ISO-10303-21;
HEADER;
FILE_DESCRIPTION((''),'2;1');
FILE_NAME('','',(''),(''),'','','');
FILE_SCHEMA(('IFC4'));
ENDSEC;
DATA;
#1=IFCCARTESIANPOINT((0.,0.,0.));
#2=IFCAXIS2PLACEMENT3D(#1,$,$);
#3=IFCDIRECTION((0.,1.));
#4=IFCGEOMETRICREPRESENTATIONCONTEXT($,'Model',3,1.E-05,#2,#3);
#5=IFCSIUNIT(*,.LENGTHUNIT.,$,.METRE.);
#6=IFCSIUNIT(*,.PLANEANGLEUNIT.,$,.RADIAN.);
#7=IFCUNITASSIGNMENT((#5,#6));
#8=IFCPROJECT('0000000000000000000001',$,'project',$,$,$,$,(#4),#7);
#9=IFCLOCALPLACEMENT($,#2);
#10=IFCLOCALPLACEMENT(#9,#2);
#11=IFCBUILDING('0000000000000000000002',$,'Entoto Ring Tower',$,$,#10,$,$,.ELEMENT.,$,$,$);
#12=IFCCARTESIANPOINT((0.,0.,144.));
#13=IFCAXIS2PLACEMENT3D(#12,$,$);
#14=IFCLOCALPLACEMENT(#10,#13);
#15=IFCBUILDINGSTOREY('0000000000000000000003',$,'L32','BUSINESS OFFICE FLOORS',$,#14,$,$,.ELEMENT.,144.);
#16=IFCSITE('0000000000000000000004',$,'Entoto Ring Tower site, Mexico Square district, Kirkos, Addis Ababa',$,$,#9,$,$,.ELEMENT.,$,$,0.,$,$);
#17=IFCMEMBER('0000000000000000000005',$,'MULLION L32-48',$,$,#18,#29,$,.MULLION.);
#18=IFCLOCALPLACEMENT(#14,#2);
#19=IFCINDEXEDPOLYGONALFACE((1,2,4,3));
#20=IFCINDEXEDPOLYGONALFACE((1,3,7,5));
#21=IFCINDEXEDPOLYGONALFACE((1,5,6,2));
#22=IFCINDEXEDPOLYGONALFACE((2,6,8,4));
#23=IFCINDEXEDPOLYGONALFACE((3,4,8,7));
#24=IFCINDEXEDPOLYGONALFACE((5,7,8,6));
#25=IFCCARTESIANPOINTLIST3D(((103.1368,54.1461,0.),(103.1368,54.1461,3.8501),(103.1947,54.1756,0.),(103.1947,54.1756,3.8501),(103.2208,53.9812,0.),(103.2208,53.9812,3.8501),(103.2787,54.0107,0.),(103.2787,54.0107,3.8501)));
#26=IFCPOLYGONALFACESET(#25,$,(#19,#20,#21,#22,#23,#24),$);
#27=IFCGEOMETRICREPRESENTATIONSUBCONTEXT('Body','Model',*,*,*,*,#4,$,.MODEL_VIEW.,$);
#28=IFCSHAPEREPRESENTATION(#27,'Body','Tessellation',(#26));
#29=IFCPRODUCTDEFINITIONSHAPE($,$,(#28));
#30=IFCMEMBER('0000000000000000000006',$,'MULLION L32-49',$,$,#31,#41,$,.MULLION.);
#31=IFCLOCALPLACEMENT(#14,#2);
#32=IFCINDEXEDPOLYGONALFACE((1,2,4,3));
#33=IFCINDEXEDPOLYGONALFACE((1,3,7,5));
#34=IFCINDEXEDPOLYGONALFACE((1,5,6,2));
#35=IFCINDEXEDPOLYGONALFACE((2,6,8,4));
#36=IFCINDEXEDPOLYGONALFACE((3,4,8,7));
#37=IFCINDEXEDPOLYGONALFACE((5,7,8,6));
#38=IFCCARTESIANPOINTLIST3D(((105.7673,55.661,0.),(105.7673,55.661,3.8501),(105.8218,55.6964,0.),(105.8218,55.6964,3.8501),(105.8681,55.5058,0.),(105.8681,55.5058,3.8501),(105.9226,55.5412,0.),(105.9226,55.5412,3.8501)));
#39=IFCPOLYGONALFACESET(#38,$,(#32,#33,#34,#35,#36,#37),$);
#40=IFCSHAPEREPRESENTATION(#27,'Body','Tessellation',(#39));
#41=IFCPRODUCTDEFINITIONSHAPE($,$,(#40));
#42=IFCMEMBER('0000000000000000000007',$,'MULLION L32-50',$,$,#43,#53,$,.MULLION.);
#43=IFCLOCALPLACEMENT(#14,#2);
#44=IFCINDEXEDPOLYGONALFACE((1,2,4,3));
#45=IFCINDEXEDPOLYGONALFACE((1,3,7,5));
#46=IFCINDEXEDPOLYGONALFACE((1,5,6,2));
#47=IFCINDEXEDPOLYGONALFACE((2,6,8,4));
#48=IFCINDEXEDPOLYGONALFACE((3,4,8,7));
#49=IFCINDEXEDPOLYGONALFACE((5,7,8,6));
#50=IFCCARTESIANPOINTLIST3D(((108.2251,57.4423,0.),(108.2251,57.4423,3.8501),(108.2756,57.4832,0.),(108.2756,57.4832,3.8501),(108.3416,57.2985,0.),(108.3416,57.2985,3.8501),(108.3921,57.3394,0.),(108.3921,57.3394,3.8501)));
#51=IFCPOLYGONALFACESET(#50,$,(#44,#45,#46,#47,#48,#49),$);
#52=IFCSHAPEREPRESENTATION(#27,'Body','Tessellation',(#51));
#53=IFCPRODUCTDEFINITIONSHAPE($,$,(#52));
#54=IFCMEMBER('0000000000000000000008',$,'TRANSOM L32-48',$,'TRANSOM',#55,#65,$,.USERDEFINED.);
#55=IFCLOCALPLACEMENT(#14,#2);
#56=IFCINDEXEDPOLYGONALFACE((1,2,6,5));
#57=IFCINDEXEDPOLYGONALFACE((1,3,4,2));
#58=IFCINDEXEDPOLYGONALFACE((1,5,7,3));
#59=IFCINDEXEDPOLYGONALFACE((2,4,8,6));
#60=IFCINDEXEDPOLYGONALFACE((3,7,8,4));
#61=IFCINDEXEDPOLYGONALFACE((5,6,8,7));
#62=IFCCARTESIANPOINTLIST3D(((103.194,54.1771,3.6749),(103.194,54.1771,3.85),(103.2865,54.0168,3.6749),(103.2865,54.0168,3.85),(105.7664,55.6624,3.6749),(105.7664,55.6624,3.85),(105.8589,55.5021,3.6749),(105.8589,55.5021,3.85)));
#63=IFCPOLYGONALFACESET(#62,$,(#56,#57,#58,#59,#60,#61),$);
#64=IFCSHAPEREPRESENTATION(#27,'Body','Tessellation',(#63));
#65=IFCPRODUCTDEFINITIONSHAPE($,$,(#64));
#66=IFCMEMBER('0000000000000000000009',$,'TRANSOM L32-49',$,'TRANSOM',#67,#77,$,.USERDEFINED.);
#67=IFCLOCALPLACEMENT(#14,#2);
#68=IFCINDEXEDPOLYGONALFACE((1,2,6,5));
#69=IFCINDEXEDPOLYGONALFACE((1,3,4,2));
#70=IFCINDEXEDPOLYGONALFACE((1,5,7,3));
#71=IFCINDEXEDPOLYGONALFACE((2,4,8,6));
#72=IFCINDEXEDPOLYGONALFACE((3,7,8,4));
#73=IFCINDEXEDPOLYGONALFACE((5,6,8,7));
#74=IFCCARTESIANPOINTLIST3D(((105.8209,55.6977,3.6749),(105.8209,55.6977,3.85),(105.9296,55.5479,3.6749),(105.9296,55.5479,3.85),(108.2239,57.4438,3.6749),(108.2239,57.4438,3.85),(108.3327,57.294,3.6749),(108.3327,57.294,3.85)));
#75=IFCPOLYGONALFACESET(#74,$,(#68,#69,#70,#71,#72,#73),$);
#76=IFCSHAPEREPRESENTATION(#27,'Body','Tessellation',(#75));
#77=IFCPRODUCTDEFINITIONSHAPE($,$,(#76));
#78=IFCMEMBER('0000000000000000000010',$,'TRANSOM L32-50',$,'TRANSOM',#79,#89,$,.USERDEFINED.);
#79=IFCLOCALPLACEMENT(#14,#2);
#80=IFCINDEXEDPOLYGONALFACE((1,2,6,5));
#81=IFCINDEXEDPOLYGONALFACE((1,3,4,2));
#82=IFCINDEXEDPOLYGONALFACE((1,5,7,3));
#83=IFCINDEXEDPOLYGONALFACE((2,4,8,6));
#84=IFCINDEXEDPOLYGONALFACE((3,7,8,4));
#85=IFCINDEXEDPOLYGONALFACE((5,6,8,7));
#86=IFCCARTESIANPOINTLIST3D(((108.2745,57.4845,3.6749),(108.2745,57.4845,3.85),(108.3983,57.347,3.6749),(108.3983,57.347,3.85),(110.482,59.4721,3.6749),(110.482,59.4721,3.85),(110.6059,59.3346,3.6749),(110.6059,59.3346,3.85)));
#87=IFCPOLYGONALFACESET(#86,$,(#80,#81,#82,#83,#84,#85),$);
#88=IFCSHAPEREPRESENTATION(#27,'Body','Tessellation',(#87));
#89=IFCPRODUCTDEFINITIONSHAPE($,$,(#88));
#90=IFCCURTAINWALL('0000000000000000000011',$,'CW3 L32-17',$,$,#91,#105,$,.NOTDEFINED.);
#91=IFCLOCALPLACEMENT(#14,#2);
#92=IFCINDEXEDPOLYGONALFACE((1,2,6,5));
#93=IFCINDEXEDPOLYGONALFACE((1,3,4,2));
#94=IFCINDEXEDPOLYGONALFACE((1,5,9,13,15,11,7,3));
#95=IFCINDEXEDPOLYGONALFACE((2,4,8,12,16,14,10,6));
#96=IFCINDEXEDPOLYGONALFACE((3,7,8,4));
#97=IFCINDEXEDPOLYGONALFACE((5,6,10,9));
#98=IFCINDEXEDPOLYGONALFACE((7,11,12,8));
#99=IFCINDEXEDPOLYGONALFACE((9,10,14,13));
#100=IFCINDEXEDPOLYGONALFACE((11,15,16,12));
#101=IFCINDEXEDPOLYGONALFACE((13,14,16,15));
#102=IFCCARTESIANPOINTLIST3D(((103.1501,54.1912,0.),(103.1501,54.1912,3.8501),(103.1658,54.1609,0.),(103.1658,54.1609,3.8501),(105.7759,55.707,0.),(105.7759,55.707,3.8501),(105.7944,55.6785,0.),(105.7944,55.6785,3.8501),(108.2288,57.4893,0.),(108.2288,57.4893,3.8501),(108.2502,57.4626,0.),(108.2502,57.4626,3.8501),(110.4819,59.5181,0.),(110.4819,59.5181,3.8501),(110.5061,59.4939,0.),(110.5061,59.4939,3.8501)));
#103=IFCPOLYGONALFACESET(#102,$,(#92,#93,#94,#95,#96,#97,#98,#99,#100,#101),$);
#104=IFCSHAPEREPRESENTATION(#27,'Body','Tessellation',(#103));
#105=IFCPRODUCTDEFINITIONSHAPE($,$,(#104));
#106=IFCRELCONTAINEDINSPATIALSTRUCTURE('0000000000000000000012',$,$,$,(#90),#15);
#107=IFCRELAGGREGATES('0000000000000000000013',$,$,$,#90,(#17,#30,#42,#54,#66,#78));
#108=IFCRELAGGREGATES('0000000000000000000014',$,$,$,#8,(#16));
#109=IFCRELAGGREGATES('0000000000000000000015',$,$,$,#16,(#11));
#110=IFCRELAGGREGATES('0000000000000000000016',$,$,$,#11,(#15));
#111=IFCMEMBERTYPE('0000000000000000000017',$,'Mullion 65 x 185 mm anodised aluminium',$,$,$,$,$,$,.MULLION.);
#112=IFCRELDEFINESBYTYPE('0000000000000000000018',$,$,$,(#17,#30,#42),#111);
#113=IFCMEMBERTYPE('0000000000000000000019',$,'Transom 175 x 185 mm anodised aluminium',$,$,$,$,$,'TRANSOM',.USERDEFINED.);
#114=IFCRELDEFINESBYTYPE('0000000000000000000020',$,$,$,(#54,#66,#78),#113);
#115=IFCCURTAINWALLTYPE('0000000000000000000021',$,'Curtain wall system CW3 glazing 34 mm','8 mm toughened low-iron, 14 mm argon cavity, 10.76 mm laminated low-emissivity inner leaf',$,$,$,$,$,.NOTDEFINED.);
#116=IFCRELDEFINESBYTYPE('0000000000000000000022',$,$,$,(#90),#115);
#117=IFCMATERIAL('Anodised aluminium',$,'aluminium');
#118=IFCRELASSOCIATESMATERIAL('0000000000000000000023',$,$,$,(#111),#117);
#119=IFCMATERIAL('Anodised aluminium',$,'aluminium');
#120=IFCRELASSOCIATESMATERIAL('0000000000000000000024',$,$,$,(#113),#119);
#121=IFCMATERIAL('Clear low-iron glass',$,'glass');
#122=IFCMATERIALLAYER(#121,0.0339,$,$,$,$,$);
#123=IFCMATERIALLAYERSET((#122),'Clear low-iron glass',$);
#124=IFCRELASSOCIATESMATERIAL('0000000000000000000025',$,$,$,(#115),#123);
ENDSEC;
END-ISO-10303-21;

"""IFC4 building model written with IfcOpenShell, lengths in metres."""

from ifc_helpers import new_model, si_unit, direction, frame, origin, origin_2d, place, context, subcontext, project, spatial, polyline, rectangle, outline, extrude, material, layer, layer_set, material_profile, profile_set, type_object, element, aggregate, save


model = new_model("IFC4")

# Units and contexts
model_context = context("Model", 3, precision=1e-05, world=origin(), true_north=direction((0.0, 1.0)))
body_context = subcontext(model_context, "Body", "Model", "MODEL_VIEW")
ifc_project = project(units=[si_unit("LENGTHUNIT", "METRE"), si_unit("PLANEANGLEUNIT", "RADIAN")], contexts=[model_context])

# Members
ifc_material_1 = material(Name="Anodised aluminium", Category="aluminium")
ifc_material_profile_1 = material_profile(ifc_material_1, rectangle(XDim=0.0649, YDim=0.1851, at=origin_2d()), Name="Mullion 65 x 185 mm anodised aluminium")
ifc_profile_set_1 = profile_set([ifc_material_profile_1], Name="Anodised aluminium")
member_type_1 = type_object("IfcMemberType", Name="Mullion 65 x 185 mm anodised aluminium", PredefinedType="MULLION", material=ifc_profile_set_1)
site_placement = place(None, origin())
building_placement = place(site_placement, origin())
storey_placement = place(building_placement, frame((0.0, 0.0, 144.0)))
member_1_placement = place(storey_placement, frame((103.2078, 54.0784, 0.0), z_axis=(0.0, 0.0, 1.0), x_axis=(0.891007, 0.45399, 0.0)))
member_1 = element("IfcMember", 1, at=member_1_placement, type_object=member_type_1, Name="MULLION L32-48", PredefinedType="MULLION", context=body_context, shape_type="SweptSolid", body=[
    extrude(rectangle(XDim=0.0649, YDim=0.1851, at=origin_2d()), origin(), (0.0, 0.0, 1.0), 3.8501),
])
member_2_placement = place(storey_placement, frame((105.845, 55.6011, 0.0), z_axis=(0.0, 0.0, 1.0), x_axis=(0.838671, 0.544639, 0.0)))
member_2 = element("IfcMember", 2, at=member_2_placement, type_object=member_type_1, Name="MULLION L32-49", PredefinedType="MULLION", context=body_context, shape_type="SweptSolid", body=[
    extrude(rectangle(XDim=0.0649, YDim=0.1851, at=origin_2d()), origin(), (0.0, 0.0, 1.0), 3.8501),
])
member_3_placement = place(storey_placement, frame((108.3086, 57.3909, 0.0), z_axis=(0.0, 0.0, 1.0), x_axis=(0.777146, 0.62932, 0.0)))
member_3 = element("IfcMember", 3, at=member_3_placement, type_object=member_type_1, Name="MULLION L32-50", PredefinedType="MULLION", context=body_context, shape_type="SweptSolid", body=[
    extrude(rectangle(XDim=0.0649, YDim=0.1851, at=origin_2d()), origin(), (0.0, 0.0, 1.0), 3.8501),
])
ifc_material_2 = material(Name="Anodised aluminium", Category="aluminium")
ifc_material_profile_2 = material_profile(ifc_material_2, rectangle(XDim=0.1851, YDim=0.175, at=origin_2d()), Name="Transom 175 x 185 mm anodised aluminium")
ifc_profile_set_2 = profile_set([ifc_material_profile_2], Name="Anodised aluminium")
member_type_2 = type_object("IfcMemberType", Name="Transom 175 x 185 mm anodised aluminium", ElementType="TRANSOM", PredefinedType="USERDEFINED", material=ifc_profile_set_2)
member_4_placement = place(storey_placement, frame((103.2402, 54.0969, 3.7625), z_axis=(0.866009, 0.500028, 0.0), x_axis=(-0.500028, 0.866009, 0.0)))
member_4 = element("IfcMember", 4, at=member_4_placement, type_object=member_type_2, Name="TRANSOM L32-48", ObjectType="TRANSOM", PredefinedType="USERDEFINED", context=body_context, shape_type="SweptSolid", body=[
    extrude(rectangle(XDim=0.1851, YDim=0.175, at=origin_2d()), origin(), (0.0, 0.0, 1.0), 2.9705),
])
member_5_placement = place(storey_placement, frame((105.8752, 55.6228, 3.7625), z_axis=(0.808992, 0.58782, 0.0), x_axis=(-0.58782, 0.808992, 0.0)))
member_5 = element("IfcMember", 5, at=member_5_placement, type_object=member_type_2, Name="TRANSOM L32-49", ObjectType="TRANSOM", PredefinedType="USERDEFINED", context=body_context, shape_type="SweptSolid", body=[
    extrude(rectangle(XDim=0.1851, YDim=0.175, at=origin_2d()), origin(), (0.0, 0.0, 1.0), 2.9705),
])
member_6_placement = place(storey_placement, frame((108.3364, 57.4158, 3.7625), z_axis=(0.743163, 0.66911, 0.0), x_axis=(-0.66911, 0.743163, 0.0)))
member_6 = element("IfcMember", 6, at=member_6_placement, type_object=member_type_2, Name="TRANSOM L32-50", ObjectType="TRANSOM", PredefinedType="USERDEFINED", context=body_context, shape_type="SweptSolid", body=[
    extrude(rectangle(XDim=0.1851, YDim=0.175, at=origin_2d()), origin(), (0.0, 0.0, 1.0), 2.9705),
])

# Site, building, storey
site = spatial("IfcSite", under=ifc_project, at=site_placement, Name="Entoto Ring Tower site, Mexico Square district, Kirkos, Addis Ababa", CompositionType="ELEMENT", RefElevation=0.0)
building = spatial("IfcBuilding", under=site, at=building_placement, Name="Entoto Ring Tower", CompositionType="ELEMENT")
storey = spatial("IfcBuildingStorey", under=building, at=storey_placement, Name="L32", Description="BUSINESS OFFICE FLOORS", CompositionType="ELEMENT", Elevation=144.0)

# Curtain wall
ifc_material_3 = material(Name="Clear low-iron glass", Category="glass")
ifc_layer = layer(ifc_material_3, 0.0339)
ifc_layer_set = layer_set([ifc_layer], Name="Clear low-iron glass")
curtain_wall_type = type_object("IfcCurtainWallType", Name="Curtain wall system CW3 glazing 34 mm", Description="8 mm toughened low-iron, 14 mm argon cavity, 10.76 mm laminated low-emissivity inner leaf", PredefinedType="NOTDEFINED", material=ifc_layer_set)
curtain_wall_1_placement = place(storey_placement, origin())
curtain_wall_1 = element("IfcCurtainWall", 7, at=curtain_wall_1_placement, inside=storey, type_object=curtain_wall_type, Name="CW3 L32-17", PredefinedType="NOTDEFINED", context=body_context, shape_type="SweptSolid", body=[
    extrude(outline(polyline([(103.1658, 54.1609), (105.7944, 55.6785), (108.2502, 57.4626), (110.5061, 59.4939), (110.4819, 59.5181), (108.2288, 57.4893), (105.7759, 55.707), (103.1501, 54.1912), (103.1658, 54.1609)])), origin(), (0.0, 0.0, 1.0), 3.8501),
])
aggregate(curtain_wall_1, [member_1, member_2, member_3, member_4, member_5, member_6])

save(model, "model.ifc")
